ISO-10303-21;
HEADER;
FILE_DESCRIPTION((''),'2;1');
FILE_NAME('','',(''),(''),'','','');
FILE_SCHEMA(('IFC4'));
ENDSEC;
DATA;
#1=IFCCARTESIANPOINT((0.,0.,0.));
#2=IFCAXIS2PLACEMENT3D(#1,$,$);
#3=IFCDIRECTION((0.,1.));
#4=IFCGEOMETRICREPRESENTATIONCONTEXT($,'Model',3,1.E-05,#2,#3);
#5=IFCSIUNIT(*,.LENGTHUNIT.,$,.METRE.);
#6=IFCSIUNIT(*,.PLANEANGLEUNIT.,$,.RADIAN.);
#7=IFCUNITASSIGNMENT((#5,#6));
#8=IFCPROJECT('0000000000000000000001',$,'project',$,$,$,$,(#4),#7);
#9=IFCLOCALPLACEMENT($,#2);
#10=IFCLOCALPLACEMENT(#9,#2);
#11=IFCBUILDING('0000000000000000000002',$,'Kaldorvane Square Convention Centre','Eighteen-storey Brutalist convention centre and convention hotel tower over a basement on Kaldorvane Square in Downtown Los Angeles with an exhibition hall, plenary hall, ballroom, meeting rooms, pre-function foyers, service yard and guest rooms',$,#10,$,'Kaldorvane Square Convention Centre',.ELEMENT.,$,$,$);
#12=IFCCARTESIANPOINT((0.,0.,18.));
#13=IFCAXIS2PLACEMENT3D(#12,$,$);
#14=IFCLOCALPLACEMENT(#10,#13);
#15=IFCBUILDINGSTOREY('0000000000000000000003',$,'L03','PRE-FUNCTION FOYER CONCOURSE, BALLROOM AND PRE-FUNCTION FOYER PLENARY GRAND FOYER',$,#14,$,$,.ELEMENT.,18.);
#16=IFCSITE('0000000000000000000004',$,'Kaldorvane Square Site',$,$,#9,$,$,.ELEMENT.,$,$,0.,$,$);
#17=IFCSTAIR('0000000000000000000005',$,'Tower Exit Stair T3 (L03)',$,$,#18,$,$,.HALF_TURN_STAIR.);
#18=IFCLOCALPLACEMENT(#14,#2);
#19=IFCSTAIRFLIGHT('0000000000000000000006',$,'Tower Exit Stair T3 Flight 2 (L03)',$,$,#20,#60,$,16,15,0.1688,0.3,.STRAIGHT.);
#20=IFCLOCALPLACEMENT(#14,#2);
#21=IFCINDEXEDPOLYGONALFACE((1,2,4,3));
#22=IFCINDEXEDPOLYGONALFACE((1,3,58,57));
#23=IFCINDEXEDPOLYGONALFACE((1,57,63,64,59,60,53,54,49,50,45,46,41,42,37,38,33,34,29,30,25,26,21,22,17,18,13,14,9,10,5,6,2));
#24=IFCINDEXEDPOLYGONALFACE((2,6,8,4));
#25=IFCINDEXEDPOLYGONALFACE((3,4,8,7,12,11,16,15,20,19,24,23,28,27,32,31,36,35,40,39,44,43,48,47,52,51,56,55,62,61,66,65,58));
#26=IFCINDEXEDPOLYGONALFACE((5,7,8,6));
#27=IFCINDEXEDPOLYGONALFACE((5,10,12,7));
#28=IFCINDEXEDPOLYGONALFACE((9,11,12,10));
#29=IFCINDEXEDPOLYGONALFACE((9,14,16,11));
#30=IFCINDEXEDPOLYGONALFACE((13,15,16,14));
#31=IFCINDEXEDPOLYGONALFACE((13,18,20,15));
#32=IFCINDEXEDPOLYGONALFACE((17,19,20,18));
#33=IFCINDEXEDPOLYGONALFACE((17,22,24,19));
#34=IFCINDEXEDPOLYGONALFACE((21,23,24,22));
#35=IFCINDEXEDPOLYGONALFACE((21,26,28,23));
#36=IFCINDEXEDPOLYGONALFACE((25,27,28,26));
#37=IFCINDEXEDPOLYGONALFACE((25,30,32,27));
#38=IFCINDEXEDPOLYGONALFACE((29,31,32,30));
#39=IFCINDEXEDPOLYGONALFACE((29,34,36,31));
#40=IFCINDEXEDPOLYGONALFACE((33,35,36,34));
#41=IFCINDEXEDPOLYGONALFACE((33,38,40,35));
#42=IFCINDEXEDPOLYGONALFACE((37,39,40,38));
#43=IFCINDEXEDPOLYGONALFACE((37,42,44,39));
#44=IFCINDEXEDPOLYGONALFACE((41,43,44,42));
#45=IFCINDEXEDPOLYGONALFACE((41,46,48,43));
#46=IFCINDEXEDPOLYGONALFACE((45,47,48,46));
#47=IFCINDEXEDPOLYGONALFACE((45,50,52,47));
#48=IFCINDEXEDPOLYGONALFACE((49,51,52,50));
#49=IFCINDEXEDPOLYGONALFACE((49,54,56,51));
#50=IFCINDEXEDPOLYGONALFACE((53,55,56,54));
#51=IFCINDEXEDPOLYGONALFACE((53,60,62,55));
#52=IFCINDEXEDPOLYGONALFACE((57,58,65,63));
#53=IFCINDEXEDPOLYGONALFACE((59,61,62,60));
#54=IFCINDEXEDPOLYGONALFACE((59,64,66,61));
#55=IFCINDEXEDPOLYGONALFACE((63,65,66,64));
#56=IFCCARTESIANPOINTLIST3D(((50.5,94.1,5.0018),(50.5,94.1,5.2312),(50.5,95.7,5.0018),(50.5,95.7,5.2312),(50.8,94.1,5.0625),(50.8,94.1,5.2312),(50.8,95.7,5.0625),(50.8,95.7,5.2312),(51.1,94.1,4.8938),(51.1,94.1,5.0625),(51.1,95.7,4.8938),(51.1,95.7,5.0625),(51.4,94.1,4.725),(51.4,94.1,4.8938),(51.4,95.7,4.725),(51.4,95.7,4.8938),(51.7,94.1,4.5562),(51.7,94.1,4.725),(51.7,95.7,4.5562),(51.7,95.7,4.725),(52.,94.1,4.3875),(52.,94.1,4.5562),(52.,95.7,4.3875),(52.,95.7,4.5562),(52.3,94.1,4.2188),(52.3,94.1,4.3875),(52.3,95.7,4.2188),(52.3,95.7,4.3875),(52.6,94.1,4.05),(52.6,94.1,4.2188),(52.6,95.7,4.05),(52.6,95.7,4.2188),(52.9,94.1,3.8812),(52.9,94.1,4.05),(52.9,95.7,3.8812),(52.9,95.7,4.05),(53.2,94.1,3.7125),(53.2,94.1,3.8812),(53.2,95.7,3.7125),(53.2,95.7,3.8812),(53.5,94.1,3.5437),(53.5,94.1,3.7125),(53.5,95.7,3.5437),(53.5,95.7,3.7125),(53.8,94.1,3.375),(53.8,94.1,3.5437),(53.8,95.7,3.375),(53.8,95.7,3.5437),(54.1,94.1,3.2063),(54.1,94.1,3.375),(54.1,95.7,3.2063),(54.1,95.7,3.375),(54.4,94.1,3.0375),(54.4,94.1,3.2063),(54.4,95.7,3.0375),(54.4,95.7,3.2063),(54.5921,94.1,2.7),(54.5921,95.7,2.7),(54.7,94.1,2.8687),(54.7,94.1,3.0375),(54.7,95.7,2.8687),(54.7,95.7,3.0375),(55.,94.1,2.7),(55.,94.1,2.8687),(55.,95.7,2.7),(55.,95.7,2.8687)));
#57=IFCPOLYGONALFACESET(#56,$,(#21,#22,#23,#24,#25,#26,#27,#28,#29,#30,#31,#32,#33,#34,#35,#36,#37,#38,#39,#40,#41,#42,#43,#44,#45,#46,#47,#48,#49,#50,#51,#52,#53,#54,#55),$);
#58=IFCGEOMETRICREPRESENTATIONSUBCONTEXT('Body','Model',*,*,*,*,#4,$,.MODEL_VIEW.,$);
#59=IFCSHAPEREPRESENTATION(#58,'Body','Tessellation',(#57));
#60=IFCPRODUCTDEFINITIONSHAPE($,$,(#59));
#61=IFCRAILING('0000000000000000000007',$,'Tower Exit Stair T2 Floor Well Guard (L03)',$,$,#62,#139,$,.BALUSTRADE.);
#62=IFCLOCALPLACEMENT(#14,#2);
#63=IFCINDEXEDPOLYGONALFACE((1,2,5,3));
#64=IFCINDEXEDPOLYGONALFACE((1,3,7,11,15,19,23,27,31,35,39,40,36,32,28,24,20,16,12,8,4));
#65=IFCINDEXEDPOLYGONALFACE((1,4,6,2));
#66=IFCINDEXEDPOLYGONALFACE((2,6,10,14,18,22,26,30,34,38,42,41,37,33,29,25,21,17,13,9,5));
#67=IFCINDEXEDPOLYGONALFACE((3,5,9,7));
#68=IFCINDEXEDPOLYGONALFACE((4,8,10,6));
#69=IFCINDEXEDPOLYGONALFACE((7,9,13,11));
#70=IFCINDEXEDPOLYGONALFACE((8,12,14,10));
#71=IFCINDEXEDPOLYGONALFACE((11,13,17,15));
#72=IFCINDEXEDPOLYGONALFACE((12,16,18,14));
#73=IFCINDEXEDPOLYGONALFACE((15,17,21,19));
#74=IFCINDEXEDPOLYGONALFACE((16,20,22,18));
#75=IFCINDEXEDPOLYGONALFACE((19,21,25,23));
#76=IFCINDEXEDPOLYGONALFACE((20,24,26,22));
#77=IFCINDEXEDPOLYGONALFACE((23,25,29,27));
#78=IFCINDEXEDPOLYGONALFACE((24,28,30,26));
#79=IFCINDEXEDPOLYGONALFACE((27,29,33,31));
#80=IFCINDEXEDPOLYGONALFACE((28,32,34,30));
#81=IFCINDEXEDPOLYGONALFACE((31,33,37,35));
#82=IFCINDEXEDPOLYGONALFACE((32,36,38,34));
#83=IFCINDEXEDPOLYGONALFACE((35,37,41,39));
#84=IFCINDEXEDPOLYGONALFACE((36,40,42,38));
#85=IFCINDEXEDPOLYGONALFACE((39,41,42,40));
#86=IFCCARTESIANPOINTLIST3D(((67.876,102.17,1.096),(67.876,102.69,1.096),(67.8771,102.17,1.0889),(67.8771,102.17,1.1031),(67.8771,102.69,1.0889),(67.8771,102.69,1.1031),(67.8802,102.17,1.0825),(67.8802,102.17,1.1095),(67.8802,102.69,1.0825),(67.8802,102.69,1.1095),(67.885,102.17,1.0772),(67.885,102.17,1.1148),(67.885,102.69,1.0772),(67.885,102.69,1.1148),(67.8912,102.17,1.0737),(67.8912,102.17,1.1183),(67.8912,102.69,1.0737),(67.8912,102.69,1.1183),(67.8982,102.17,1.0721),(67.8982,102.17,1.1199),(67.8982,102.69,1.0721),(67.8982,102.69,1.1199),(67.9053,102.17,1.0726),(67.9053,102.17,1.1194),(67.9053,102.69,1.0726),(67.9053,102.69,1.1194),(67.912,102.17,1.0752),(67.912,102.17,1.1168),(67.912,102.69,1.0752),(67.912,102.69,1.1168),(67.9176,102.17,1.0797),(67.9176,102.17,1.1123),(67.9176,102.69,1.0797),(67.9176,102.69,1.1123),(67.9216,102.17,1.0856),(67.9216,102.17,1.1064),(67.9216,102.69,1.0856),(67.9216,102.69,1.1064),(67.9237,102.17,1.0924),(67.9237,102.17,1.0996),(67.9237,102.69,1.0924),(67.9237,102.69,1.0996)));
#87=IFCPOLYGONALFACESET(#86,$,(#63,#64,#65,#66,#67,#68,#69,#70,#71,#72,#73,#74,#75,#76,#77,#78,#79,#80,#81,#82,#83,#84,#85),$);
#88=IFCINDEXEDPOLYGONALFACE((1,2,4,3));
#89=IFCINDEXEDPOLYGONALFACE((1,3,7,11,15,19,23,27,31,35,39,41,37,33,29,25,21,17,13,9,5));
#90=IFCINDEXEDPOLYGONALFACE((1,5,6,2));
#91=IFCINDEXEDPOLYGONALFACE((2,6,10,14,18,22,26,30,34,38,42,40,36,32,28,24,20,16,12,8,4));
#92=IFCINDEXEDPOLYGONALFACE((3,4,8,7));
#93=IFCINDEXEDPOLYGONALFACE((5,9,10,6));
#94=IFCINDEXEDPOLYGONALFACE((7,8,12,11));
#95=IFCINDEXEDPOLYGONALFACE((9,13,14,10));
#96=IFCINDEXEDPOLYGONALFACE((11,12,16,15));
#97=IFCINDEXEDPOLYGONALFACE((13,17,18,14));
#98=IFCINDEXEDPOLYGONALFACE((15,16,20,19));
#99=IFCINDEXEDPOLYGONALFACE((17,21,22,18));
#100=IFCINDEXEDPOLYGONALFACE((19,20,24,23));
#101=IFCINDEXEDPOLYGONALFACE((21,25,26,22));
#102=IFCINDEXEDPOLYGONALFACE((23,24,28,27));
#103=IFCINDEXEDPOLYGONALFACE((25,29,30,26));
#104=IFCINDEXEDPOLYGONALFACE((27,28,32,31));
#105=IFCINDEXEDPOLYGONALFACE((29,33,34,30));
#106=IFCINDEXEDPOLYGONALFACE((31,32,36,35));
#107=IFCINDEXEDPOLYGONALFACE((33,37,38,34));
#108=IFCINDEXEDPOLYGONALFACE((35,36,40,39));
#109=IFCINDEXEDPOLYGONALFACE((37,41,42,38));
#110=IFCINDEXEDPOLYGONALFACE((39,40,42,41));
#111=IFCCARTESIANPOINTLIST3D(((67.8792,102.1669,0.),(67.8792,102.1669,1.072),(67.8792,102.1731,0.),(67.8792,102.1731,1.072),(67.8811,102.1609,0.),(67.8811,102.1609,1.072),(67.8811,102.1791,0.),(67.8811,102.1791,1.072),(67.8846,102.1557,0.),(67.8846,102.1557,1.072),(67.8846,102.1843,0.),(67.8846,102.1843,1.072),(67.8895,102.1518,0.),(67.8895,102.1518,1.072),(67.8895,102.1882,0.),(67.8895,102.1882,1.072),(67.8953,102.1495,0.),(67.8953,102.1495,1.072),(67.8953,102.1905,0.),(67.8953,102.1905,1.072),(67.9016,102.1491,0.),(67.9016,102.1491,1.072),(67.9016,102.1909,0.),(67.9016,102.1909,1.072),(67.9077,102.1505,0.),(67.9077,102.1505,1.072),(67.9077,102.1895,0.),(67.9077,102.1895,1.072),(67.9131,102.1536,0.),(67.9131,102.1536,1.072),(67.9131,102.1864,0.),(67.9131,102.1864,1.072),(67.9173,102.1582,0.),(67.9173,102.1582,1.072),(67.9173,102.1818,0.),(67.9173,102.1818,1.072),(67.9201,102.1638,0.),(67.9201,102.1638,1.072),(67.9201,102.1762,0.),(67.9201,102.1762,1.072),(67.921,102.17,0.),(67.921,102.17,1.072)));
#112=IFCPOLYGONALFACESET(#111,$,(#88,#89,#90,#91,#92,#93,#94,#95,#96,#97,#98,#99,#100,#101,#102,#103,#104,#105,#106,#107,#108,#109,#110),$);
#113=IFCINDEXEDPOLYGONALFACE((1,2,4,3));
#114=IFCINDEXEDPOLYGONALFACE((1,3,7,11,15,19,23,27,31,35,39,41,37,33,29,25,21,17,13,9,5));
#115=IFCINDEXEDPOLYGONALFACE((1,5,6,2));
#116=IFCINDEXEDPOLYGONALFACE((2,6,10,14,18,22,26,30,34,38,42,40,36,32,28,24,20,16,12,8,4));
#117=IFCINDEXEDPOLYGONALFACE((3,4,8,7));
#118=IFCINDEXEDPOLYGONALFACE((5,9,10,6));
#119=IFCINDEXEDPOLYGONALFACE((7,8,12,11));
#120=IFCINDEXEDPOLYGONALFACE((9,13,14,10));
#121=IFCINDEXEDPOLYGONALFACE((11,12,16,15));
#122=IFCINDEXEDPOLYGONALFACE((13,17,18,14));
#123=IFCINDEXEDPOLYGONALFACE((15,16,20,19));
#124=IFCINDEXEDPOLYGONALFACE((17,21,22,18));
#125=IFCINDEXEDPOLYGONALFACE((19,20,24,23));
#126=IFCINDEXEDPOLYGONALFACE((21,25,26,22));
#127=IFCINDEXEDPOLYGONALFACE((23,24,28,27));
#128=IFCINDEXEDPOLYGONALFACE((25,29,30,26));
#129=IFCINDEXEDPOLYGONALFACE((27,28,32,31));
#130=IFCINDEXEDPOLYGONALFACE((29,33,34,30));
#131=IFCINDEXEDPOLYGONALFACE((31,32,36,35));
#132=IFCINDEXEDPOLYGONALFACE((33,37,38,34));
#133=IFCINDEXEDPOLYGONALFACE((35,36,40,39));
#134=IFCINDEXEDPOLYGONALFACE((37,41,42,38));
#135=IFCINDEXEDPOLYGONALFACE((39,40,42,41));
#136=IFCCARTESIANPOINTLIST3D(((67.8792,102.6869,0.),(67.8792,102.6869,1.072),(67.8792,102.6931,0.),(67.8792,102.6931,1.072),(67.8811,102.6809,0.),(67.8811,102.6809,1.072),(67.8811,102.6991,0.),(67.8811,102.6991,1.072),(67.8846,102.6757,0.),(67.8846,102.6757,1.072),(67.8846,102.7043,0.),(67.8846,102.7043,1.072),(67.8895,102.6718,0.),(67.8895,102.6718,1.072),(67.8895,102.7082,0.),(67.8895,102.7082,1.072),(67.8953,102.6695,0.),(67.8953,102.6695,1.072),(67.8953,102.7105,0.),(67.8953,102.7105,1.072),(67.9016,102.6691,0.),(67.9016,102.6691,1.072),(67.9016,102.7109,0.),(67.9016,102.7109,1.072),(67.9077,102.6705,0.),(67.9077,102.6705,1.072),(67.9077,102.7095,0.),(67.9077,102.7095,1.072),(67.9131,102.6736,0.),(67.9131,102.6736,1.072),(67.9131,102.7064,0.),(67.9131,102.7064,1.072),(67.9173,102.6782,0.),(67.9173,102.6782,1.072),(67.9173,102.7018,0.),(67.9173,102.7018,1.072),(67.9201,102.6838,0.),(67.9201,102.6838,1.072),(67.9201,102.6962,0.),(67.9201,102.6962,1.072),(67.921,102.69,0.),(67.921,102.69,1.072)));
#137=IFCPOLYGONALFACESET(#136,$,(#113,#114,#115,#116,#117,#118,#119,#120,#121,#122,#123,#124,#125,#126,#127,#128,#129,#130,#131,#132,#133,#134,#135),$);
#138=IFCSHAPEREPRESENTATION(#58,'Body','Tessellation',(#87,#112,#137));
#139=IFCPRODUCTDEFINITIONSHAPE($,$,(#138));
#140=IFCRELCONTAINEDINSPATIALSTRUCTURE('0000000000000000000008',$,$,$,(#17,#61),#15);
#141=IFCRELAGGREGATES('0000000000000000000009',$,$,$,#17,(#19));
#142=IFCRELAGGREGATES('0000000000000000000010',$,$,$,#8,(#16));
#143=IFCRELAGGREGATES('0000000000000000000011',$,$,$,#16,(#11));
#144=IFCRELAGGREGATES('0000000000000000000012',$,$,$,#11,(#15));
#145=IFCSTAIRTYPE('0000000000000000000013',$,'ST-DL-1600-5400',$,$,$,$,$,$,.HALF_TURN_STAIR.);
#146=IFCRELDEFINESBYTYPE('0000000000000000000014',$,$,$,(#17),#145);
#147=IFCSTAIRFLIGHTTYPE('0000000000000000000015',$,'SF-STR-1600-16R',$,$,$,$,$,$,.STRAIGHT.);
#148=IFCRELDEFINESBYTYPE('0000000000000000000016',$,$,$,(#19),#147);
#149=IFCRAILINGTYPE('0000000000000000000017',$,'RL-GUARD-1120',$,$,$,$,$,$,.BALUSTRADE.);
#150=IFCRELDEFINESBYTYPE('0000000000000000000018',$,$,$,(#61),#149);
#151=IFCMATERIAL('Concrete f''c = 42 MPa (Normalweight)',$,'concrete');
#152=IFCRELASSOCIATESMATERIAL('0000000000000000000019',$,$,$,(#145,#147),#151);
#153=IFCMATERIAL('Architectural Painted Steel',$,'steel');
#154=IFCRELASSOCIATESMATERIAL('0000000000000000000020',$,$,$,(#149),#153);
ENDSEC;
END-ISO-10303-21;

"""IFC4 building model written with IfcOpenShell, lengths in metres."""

from ifc_helpers import new_model, si_unit, direction, frame, origin, origin_2d, place, context, subcontext, project, spatial, polyline, circle, outline, extrude, material, type_object, element, aggregate, save


model = new_model("IFC4")

# Units and contexts
model_context = context("Model", 3, precision=1e-05, world=origin(), true_north=direction((0.0, 1.0)))
body_context = subcontext(model_context, "Body", "Model", "MODEL_VIEW")
ifc_project = project(units=[si_unit("LENGTHUNIT", "METRE"), si_unit("PLANEANGLEUNIT", "RADIAN")], contexts=[model_context])

# Site, building, storey
site_placement = place(None, origin())
site = spatial("IfcSite", under=ifc_project, at=site_placement, Name="Kaldorvane Square Site", CompositionType="ELEMENT", RefElevation=0.0)
building_placement = place(site_placement, origin())
building = spatial("IfcBuilding", under=site, at=building_placement, Name="Kaldorvane Square Convention Centre", Description="Eighteen-storey Brutalist convention centre and convention hotel tower over a basement on Kaldorvane Square in Downtown Los Angeles with an exhibition hall, plenary hall, ballroom, meeting rooms, pre-function foyers, service yard and guest rooms", LongName="Kaldorvane Square Convention Centre", CompositionType="ELEMENT")
storey_placement = place(building_placement, frame((0.0, 0.0, 18.0)))
storey = spatial("IfcBuildingStorey", under=building, at=storey_placement, Name="L03", Description="PRE-FUNCTION FOYER CONCOURSE, BALLROOM AND PRE-FUNCTION FOYER PLENARY GRAND FOYER", CompositionType="ELEMENT", Elevation=18.0)

# Shared definitions
ifc_material_1 = material(Name="Concrete f'c = 42 MPa (Normalweight)", Category="concrete")

# Stair, stair flight
stair_type = type_object("IfcStairType", Name="ST-DL-1600-5400", PredefinedType="HALF_TURN_STAIR", material=ifc_material_1)
stair_flight_type = type_object("IfcStairFlightType", Name="SF-STR-1600-16R", PredefinedType="STRAIGHT", material=ifc_material_1)
stair_1_placement = place(storey_placement, origin())
stair_1 = element("IfcStair", 1, at=stair_1_placement, inside=storey, type_object=stair_type, Name="Tower Exit Stair T3 (L03)", PredefinedType="HALF_TURN_STAIR")
stair_flight_1_placement = place(storey_placement, frame((55.0, 94.9, 2.7), z_axis=(0.0, 0.0, 1.0), x_axis=(-1.0, 0.0, 0.0)))
stair_flight_1 = element("IfcStairFlight", 2, at=stair_flight_1_placement, type_object=stair_flight_type, Name="Tower Exit Stair T3 Flight 2 (L03)", NumberOfRisers=16, NumberOfTreads=15, PredefinedType="STRAIGHT", RiserHeight=0.1688, TreadLength=0.3, context=body_context, shape_type="SweptSolid", body=[
    extrude(outline(polyline([(0.0, 0.0), (0.0, 0.1687), (0.3, 0.1687), (0.3, 0.3375), (0.6, 0.3375), (0.6, 0.5063), (0.9, 0.5063), (0.9, 0.675), (1.2, 0.675), (1.2, 0.8438), (1.5, 0.8438), (1.5, 1.0125), (1.8, 1.0125), (1.8, 1.1812), (2.1, 1.1812), (2.1, 1.35), (2.4, 1.35), (2.4, 1.5188), (2.7, 1.5188), (2.7, 1.6875), (3.0, 1.6875), (3.0, 1.8562), (3.3, 1.8562), (3.3, 2.025), (3.6, 2.025), (3.6, 2.1938), (3.9, 2.1938), (3.9, 2.3625), (4.2, 2.3625), (4.2, 2.5312), (4.5, 2.5312), (4.5, 2.7), (4.5, 2.3018), (0.4079, 0.0), (0.0, 0.0)])), frame((0.0, 0.8, 0.0), z_axis=(0.0, -1.0, 0.0), x_axis=(1.0, 0.0, 0.0)), (0.0, 0.0, 1.0), 1.6),
])
aggregate(stair_1, [stair_flight_1])

# Railing
ifc_material_2 = material(Name="Architectural Painted Steel", Category="steel")
railing_type_1 = type_object("IfcRailingType", Name="RL-GUARD-1120", PredefinedType="BALUSTRADE", material=ifc_material_2)
for number, where, name in (
    (3, (67.9, 102.17, 0.0), "Tower Exit Stair T2 Floor Well Guard (L03)"),
):
    element("IfcRailing", number, at=place(storey_placement, frame(where)), inside=storey, type_object=railing_type_1, Name=name, PredefinedType="BALUSTRADE", context=body_context, shape_type="SweptSolid", body=[
        extrude(circle(Radius=0.024, at=origin_2d()), frame((0.0, 0.0, 1.096), z_axis=(0.0, 1.0, 0.0), x_axis=(-1.0, 0.0, 0.0)), (0.0, 0.0, 1.0), 0.52),
        extrude(circle(Radius=0.021, at=origin_2d()), origin(), (0.0, 0.0, 1.0), 1.072),
        extrude(circle(Radius=0.021, at=origin_2d()), frame((0.0, 0.52, 0.0)), (0.0, 0.0, 1.0), 1.072),
    ])

save(model, "model.ifc")
